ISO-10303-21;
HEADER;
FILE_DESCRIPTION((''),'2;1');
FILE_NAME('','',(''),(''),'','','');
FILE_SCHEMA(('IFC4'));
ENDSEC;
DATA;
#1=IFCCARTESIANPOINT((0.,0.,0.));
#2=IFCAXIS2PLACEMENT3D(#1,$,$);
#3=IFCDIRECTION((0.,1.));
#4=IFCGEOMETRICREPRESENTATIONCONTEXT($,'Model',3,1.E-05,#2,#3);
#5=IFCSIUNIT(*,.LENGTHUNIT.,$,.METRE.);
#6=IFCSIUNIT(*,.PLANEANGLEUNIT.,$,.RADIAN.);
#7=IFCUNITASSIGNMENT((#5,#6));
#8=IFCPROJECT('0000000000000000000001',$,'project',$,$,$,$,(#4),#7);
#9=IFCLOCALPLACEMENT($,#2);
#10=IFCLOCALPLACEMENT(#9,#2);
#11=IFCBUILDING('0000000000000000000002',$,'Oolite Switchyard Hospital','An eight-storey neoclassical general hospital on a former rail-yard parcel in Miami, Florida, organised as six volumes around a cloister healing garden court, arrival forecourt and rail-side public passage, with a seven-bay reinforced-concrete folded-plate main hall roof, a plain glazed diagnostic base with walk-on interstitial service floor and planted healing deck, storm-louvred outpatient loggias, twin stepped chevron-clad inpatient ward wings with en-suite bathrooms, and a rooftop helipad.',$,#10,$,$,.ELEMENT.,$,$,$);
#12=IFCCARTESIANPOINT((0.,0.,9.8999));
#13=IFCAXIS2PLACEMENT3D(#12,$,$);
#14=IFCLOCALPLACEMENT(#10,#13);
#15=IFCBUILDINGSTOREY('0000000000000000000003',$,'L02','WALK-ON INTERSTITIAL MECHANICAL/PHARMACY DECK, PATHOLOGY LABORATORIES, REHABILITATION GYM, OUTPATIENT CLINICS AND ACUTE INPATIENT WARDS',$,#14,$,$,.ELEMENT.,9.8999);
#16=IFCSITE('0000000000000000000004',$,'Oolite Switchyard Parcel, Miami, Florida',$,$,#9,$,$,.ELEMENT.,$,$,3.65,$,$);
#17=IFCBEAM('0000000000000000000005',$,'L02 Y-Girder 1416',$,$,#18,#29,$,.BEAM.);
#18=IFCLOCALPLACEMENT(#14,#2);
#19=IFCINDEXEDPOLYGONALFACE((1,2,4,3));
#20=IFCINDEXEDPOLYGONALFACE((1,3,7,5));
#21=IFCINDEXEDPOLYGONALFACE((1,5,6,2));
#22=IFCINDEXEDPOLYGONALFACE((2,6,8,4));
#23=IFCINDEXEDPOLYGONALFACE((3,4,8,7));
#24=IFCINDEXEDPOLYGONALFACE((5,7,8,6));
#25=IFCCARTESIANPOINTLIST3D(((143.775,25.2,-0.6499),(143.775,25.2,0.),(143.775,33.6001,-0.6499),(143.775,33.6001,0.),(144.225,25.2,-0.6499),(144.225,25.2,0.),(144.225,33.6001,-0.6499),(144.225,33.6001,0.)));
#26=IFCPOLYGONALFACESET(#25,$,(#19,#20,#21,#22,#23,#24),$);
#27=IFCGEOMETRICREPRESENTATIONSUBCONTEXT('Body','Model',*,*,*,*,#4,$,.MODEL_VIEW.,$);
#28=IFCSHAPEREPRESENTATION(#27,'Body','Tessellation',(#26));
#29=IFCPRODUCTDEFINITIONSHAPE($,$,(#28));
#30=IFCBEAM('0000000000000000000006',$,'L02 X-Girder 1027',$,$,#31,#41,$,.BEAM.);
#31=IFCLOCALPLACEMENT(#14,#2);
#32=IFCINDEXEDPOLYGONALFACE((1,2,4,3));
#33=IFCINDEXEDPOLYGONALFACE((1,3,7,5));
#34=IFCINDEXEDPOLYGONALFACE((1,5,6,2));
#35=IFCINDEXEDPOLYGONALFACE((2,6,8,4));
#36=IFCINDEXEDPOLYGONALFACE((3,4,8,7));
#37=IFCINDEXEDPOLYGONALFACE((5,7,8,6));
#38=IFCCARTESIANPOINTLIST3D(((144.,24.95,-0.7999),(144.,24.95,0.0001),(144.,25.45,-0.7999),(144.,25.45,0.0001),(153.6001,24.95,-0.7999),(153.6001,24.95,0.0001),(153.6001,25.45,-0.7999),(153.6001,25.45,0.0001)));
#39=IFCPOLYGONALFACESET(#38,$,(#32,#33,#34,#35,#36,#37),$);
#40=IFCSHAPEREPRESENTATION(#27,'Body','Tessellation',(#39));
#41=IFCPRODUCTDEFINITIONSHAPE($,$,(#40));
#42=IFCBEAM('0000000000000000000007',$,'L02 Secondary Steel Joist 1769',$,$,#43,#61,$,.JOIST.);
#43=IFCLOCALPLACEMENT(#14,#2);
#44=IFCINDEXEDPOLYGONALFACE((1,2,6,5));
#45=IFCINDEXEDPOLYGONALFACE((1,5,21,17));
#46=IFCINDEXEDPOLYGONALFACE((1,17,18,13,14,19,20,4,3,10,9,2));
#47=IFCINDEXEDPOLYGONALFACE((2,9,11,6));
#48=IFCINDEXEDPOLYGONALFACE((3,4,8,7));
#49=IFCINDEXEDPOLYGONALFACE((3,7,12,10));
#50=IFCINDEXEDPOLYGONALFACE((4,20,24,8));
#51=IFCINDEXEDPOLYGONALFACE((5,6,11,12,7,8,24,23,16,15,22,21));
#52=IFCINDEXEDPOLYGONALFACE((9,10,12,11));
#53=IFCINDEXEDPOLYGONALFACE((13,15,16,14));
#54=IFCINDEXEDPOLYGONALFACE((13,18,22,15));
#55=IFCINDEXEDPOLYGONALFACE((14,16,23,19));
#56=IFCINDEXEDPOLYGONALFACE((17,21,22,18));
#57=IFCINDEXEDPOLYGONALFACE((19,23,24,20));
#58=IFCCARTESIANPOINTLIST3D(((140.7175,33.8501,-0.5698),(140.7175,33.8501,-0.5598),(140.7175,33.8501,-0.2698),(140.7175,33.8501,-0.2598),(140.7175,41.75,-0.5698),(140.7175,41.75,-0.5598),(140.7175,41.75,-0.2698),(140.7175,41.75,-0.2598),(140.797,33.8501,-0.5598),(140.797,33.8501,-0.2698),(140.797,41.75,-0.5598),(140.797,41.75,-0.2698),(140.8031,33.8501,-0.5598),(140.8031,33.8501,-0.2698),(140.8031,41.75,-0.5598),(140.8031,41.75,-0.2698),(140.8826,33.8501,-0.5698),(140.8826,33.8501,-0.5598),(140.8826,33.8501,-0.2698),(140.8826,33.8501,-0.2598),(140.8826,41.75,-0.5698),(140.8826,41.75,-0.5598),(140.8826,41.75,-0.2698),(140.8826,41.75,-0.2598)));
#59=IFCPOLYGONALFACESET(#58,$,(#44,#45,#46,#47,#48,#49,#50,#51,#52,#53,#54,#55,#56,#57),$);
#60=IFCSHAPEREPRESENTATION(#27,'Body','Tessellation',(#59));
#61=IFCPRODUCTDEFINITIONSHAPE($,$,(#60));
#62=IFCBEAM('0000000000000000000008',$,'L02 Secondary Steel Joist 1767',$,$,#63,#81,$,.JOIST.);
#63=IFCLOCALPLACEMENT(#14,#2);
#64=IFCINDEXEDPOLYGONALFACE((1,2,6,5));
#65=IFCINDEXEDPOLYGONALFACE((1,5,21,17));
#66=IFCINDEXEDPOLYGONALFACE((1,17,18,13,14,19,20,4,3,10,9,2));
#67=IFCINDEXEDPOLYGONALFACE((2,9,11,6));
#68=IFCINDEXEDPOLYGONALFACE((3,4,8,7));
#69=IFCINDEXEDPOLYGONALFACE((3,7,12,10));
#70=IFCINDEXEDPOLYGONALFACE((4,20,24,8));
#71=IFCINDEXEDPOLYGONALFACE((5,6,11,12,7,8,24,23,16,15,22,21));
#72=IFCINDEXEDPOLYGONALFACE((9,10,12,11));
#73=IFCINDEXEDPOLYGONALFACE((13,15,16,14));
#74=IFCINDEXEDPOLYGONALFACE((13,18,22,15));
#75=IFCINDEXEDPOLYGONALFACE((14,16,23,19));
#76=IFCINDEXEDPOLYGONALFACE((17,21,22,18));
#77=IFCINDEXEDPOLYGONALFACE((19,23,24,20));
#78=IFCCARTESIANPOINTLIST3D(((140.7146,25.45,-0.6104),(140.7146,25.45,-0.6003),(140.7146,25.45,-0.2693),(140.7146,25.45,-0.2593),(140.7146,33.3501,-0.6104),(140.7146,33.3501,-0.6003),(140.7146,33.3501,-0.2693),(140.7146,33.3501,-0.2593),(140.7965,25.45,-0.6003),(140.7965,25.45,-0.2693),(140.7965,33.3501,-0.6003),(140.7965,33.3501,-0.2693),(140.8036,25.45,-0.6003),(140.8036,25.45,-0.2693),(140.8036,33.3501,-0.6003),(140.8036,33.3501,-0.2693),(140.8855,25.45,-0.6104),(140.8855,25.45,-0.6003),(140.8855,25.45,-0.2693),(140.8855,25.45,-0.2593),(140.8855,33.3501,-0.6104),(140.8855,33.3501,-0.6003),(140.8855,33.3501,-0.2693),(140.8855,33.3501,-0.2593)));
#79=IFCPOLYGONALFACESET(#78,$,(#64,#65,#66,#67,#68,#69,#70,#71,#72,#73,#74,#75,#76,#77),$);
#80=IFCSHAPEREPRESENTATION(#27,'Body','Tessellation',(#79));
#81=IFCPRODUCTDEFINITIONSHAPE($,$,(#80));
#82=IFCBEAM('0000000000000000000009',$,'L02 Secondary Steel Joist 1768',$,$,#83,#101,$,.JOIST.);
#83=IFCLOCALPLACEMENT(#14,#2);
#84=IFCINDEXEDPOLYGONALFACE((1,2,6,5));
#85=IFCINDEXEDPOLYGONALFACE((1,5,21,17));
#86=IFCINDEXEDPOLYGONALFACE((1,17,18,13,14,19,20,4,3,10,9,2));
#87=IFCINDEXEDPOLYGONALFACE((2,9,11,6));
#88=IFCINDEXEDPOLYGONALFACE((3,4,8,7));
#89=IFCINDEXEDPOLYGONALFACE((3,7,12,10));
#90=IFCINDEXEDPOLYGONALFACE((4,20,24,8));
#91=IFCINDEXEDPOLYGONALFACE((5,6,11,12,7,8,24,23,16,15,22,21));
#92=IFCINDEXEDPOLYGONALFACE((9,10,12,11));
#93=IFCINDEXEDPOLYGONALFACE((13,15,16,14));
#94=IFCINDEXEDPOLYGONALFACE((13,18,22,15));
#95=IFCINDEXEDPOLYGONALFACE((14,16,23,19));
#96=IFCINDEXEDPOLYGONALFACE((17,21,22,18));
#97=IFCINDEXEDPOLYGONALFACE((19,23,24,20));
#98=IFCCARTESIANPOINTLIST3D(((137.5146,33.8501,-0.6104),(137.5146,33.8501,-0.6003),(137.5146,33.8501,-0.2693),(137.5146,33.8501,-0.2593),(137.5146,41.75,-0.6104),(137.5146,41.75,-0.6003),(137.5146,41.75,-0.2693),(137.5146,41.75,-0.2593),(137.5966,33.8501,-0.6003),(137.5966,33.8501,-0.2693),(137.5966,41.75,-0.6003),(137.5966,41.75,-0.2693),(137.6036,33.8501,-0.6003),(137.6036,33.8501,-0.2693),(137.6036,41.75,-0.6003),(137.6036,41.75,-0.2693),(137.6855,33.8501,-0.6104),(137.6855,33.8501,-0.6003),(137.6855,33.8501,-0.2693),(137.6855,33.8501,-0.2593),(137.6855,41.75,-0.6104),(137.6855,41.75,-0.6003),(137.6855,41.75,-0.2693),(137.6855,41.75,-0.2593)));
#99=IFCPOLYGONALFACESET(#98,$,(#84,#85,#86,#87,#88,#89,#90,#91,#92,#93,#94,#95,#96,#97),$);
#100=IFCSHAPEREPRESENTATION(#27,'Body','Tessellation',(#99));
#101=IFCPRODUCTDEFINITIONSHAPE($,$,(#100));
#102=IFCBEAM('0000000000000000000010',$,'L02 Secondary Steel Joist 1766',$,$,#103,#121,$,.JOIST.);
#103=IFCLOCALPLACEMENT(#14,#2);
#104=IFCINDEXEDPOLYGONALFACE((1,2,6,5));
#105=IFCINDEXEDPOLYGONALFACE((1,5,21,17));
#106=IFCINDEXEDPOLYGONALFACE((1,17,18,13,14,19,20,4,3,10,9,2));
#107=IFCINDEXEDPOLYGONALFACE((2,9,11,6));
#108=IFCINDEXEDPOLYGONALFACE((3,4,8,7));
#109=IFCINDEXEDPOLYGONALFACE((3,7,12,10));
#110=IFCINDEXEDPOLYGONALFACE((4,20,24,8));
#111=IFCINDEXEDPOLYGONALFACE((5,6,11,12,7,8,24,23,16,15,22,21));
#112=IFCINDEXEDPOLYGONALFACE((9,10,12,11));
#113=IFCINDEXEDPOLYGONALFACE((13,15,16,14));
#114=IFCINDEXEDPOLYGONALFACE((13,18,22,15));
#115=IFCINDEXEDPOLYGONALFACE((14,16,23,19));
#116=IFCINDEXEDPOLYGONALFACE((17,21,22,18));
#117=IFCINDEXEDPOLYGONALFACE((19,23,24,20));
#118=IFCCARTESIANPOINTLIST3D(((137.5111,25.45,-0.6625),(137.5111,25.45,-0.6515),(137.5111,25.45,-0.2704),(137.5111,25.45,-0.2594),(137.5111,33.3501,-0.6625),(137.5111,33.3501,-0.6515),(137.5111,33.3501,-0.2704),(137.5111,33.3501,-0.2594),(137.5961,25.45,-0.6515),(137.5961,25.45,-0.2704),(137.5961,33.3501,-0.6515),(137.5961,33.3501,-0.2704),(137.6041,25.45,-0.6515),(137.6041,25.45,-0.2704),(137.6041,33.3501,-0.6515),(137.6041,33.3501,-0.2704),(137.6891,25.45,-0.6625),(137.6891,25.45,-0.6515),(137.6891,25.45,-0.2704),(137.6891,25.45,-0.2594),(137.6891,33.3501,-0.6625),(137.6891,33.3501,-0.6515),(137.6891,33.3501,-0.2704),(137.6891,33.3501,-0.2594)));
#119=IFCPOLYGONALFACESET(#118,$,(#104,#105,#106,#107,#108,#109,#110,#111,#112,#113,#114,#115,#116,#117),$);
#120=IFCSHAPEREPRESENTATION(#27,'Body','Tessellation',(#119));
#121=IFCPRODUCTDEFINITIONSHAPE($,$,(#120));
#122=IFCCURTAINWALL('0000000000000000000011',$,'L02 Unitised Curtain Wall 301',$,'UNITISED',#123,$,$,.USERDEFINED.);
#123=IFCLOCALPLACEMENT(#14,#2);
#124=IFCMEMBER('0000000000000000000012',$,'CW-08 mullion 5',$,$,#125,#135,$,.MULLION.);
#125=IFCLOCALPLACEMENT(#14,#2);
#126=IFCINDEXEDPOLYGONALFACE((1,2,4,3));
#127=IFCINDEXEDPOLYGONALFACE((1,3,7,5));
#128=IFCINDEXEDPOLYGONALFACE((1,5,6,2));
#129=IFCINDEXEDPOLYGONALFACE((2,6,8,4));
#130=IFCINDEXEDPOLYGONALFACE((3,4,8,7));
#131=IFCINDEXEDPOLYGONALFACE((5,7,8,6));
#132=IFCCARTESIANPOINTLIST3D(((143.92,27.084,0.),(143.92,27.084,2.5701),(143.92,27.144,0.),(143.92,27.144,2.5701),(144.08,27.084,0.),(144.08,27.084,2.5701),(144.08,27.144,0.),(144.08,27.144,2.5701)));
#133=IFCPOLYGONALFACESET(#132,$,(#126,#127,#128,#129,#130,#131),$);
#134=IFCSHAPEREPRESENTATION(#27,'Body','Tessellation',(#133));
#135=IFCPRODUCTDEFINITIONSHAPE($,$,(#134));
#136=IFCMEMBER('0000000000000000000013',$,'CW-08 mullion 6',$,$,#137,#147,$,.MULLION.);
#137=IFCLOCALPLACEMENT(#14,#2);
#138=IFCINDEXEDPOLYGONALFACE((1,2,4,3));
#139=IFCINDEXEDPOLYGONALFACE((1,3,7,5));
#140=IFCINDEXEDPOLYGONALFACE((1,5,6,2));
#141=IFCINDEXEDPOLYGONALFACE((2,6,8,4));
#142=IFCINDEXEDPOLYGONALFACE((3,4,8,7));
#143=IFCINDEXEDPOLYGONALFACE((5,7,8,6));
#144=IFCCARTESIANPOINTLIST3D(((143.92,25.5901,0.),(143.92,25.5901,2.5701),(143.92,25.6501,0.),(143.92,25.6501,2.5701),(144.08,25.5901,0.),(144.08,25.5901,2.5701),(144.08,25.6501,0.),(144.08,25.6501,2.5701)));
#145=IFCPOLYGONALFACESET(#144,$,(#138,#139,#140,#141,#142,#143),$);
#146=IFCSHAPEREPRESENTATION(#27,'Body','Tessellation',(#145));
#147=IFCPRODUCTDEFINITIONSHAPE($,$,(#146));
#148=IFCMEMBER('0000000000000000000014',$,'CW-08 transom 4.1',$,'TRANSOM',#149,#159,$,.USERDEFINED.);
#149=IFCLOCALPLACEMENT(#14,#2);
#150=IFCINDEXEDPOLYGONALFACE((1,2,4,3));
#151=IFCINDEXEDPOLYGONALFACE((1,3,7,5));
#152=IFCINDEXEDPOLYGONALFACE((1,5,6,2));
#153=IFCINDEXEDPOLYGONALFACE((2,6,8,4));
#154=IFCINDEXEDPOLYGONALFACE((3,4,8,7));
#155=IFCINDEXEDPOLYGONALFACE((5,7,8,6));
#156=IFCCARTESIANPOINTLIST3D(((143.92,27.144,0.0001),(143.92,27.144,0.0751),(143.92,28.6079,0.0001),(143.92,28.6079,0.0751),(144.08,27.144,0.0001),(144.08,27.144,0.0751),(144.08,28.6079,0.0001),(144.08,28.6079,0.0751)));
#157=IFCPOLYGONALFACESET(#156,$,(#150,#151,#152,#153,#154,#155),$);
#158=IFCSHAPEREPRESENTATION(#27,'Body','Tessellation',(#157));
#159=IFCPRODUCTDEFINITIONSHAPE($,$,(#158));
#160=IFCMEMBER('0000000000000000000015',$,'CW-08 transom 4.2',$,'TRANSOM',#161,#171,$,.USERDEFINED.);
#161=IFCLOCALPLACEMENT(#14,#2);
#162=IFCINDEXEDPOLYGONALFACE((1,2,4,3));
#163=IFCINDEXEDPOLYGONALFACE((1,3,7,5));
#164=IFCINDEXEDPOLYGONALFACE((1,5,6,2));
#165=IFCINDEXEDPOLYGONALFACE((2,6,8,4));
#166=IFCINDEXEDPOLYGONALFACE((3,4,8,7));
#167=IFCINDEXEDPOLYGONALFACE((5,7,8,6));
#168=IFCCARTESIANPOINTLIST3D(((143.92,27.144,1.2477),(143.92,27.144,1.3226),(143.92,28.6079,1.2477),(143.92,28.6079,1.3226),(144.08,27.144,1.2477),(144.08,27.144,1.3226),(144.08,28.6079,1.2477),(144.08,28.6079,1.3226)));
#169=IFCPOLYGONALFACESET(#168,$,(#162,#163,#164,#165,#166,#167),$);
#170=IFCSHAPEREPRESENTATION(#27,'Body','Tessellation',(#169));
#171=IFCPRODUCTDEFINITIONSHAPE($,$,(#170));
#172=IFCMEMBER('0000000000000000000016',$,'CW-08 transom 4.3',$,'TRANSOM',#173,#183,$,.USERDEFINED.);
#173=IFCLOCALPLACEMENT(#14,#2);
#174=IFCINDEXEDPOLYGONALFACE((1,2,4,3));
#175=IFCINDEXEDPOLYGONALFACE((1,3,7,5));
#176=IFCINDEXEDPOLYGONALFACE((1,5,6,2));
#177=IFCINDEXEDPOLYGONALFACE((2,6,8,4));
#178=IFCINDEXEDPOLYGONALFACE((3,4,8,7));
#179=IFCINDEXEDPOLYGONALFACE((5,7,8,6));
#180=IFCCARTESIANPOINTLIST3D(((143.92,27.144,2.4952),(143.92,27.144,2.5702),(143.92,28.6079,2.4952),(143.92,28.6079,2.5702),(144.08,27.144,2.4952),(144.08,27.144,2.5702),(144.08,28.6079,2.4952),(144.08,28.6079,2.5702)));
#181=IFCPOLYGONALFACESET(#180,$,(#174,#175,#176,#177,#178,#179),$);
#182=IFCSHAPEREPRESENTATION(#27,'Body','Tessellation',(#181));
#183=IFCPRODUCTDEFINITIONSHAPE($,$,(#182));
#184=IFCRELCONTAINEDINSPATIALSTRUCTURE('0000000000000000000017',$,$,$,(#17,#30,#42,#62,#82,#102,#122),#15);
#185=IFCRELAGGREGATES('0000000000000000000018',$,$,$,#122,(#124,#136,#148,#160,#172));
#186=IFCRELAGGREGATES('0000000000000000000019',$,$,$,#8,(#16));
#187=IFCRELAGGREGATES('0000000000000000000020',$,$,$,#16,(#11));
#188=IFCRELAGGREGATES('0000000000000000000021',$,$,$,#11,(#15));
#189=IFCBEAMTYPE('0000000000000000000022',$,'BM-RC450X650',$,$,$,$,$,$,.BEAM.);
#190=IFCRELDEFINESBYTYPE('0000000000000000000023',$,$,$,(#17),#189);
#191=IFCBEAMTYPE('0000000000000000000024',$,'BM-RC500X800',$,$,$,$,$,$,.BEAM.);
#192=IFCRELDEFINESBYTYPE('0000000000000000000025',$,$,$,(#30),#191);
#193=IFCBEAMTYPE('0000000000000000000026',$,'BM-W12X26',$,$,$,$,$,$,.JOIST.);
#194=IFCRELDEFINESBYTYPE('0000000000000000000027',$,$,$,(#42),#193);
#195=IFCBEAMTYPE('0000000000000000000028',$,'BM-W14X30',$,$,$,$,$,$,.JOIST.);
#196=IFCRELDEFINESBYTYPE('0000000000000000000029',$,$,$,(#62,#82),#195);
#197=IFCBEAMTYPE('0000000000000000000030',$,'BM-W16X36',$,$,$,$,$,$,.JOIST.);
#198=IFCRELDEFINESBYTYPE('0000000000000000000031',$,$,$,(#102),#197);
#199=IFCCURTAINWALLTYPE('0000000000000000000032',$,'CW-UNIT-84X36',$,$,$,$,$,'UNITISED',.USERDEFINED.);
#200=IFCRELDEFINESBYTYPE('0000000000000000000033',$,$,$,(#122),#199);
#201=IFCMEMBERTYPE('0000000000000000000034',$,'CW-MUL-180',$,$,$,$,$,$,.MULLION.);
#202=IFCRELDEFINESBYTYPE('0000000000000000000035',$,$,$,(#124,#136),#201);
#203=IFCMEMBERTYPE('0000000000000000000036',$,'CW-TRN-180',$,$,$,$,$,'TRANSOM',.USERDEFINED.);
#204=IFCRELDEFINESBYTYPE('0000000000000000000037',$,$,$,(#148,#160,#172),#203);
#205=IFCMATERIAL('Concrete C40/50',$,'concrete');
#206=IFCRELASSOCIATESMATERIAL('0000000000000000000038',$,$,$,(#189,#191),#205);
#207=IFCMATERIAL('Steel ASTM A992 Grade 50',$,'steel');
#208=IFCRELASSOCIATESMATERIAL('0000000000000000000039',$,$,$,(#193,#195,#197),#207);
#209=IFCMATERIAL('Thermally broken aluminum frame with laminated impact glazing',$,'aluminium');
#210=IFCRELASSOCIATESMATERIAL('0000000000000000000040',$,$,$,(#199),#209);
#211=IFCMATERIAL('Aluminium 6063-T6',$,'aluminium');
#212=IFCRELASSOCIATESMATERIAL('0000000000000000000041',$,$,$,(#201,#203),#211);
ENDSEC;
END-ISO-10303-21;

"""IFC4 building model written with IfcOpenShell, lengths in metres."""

from ifc_helpers import new_model, si_unit, direction, frame, origin, origin_2d, place, context, subcontext, project, spatial, rectangle, i_section, extrude, material, material_profile, profile_set, type_object, element, aggregate, save


model = new_model("IFC4")

# Units and contexts
model_context = context("Model", 3, precision=1e-05, world=origin(), true_north=direction((0.0, 1.0)))
body_context = subcontext(model_context, "Body", "Model", "MODEL_VIEW")
ifc_project = project(units=[si_unit("LENGTHUNIT", "METRE"), si_unit("PLANEANGLEUNIT", "RADIAN")], contexts=[model_context])

# Site, building, storey
site_placement = place(None, origin())
site = spatial("IfcSite", under=ifc_project, at=site_placement, Name="Oolite Switchyard Parcel, Miami, Florida", CompositionType="ELEMENT", RefElevation=3.65)
building_placement = place(site_placement, origin())
building = spatial("IfcBuilding", under=site, at=building_placement, Name="Oolite Switchyard Hospital", Description="An eight-storey neoclassical general hospital on a former rail-yard parcel in Miami, Florida, organised as six volumes around a cloister healing garden court, arrival forecourt and rail-side public passage, with a seven-bay reinforced-concrete folded-plate main hall roof, a plain glazed diagnostic base with walk-on interstitial service floor and planted healing deck, storm-louvred outpatient loggias, twin stepped chevron-clad inpatient ward wings with en-suite bathrooms, and a rooftop helipad.", CompositionType="ELEMENT")
storey_placement = place(building_placement, frame((0.0, 0.0, 9.8999)))
storey = spatial("IfcBuildingStorey", under=building, at=storey_placement, Name="L02", Description="WALK-ON INTERSTITIAL MECHANICAL/PHARMACY DECK, PATHOLOGY LABORATORIES, REHABILITATION GYM, OUTPATIENT CLINICS AND ACUTE INPATIENT WARDS", CompositionType="ELEMENT", Elevation=9.8999)

# Beams
ifc_material_1 = material(Name="Concrete C40/50", Category="concrete")
ifc_material_profile_1 = material_profile(ifc_material_1, rectangle(XDim=0.45, YDim=0.6499, at=origin_2d()), Name="RCB450X650")
ifc_profile_set_1 = profile_set([ifc_material_profile_1], Name="Concrete C40/50")
beam_type_1 = type_object("IfcBeamType", Name="BM-RC450X650", PredefinedType="BEAM", material=ifc_profile_set_1)
beam_1_placement = place(storey_placement, frame((144.0, 25.2, -0.325), z_axis=(0.0, 1.0, 0.0), x_axis=(-1.0, 0.0, 0.0)))
element("IfcBeam", 1, at=beam_1_placement, inside=storey, type_object=beam_type_1, Name="L02 Y-Girder 1416", PredefinedType="BEAM", context=body_context, shape_type="SweptSolid", body=[
    extrude(rectangle(XDim=0.45, YDim=0.6499, at=origin_2d()), origin(), (0.0, 0.0, 1.0), 8.4001),
])
ifc_material_profile_2 = material_profile(ifc_material_1, rectangle(XDim=0.5, YDim=0.8, at=origin_2d()), Name="RCB500X800")
ifc_profile_set_2 = profile_set([ifc_material_profile_2], Name="Concrete C40/50")
beam_type_2 = type_object("IfcBeamType", Name="BM-RC500X800", PredefinedType="BEAM", material=ifc_profile_set_2)
beam_2_placement = place(storey_placement, frame((144.0, 25.2, -0.3999), z_axis=(1.0, 0.0, 0.0), x_axis=(0.0, 1.0, 0.0)))
element("IfcBeam", 2, at=beam_2_placement, inside=storey, type_object=beam_type_2, Name="L02 X-Girder 1027", PredefinedType="BEAM", context=body_context, shape_type="SweptSolid", body=[
    extrude(rectangle(XDim=0.5, YDim=0.8, at=origin_2d()), origin(), (0.0, 0.0, 1.0), 9.6001),
])
ifc_material_2 = material(Name="Steel ASTM A992 Grade 50", Category="steel")
ifc_material_profile_3 = material_profile(ifc_material_2, i_section(OverallWidth=0.165, OverallDepth=0.3101, WebThickness=0.0061, FlangeThickness=0.01, at=origin_2d()), Name="W12X26")
ifc_profile_set_3 = profile_set([ifc_material_profile_3], Name="Steel ASTM A992 Grade 50")
beam_type_3 = type_object("IfcBeamType", Name="BM-W12X26", PredefinedType="JOIST", material=ifc_profile_set_3)
beam_3_placement = place(storey_placement, frame((140.8, 33.8501, -0.4148), z_axis=(0.0, 1.0, 0.0), x_axis=(-1.0, 0.0, 0.0)))
element("IfcBeam", 3, at=beam_3_placement, inside=storey, type_object=beam_type_3, Name="L02 Secondary Steel Joist 1769", PredefinedType="JOIST", context=body_context, shape_type="SweptSolid", body=[
    extrude(i_section(OverallWidth=0.165, OverallDepth=0.3101, WebThickness=0.0061, FlangeThickness=0.01, at=origin_2d()), origin(), (0.0, 0.0, 1.0), 7.8999),
])
ifc_material_profile_4 = material_profile(ifc_material_2, i_section(OverallWidth=0.1709, OverallDepth=0.3511, WebThickness=0.0071, FlangeThickness=0.01, at=origin_2d()), Name="W14X30")
ifc_profile_set_4 = profile_set([ifc_material_profile_4], Name="Steel ASTM A992 Grade 50")
beam_type_4 = type_object("IfcBeamType", Name="BM-W14X30", PredefinedType="JOIST", material=ifc_profile_set_4)
beam_4_placement = place(storey_placement, frame((140.8, 25.45, -0.4348), z_axis=(0.0, 1.0, 0.0), x_axis=(-1.0, 0.0, 0.0)))
element("IfcBeam", 4, at=beam_4_placement, inside=storey, type_object=beam_type_4, Name="L02 Secondary Steel Joist 1767", PredefinedType="JOIST", context=body_context, shape_type="SweptSolid", body=[
    extrude(i_section(OverallWidth=0.1709, OverallDepth=0.3511, WebThickness=0.0071, FlangeThickness=0.01, at=origin_2d()), origin(), (0.0, 0.0, 1.0), 7.9001),
])
beam_5_placement = place(storey_placement, frame((137.6001, 33.8501, -0.4348), z_axis=(0.0, 1.0, 0.0), x_axis=(-1.0, 0.0, 0.0)))
element("IfcBeam", 5, at=beam_5_placement, inside=storey, type_object=beam_type_4, Name="L02 Secondary Steel Joist 1768", PredefinedType="JOIST", context=body_context, shape_type="SweptSolid", body=[
    extrude(i_section(OverallWidth=0.1709, OverallDepth=0.3511, WebThickness=0.0071, FlangeThickness=0.01, at=origin_2d()), origin(), (0.0, 0.0, 1.0), 7.8999),
])
ifc_material_profile_5 = material_profile(ifc_material_2, i_section(OverallWidth=0.178, OverallDepth=0.4031, WebThickness=0.0081, FlangeThickness=0.011, at=origin_2d()), Name="W16X36")
ifc_profile_set_5 = profile_set([ifc_material_profile_5], Name="Steel ASTM A992 Grade 50")
beam_type_5 = type_object("IfcBeamType", Name="BM-W16X36", PredefinedType="JOIST", material=ifc_profile_set_5)
beam_6_placement = place(storey_placement, frame((137.6001, 25.45, -0.4609), z_axis=(0.0, 1.0, 0.0), x_axis=(-1.0, 0.0, 0.0)))
element("IfcBeam", 6, at=beam_6_placement, inside=storey, type_object=beam_type_5, Name="L02 Secondary Steel Joist 1766", PredefinedType="JOIST", context=body_context, shape_type="SweptSolid", body=[
    extrude(i_section(OverallWidth=0.178, OverallDepth=0.4031, WebThickness=0.0081, FlangeThickness=0.011, at=origin_2d()), origin(), (0.0, 0.0, 1.0), 7.9001),
])

# Curtain wall, members
ifc_material_3 = material(Name="Thermally broken aluminum frame with laminated impact glazing", Category="aluminium")
curtain_wall_type = type_object("IfcCurtainWallType", Name="CW-UNIT-84X36", ElementType="UNITISED", PredefinedType="USERDEFINED", material=ifc_material_3)
curtain_wall_placement = place(storey_placement, origin())
curtain_wall = element("IfcCurtainWall", 7, at=curtain_wall_placement, inside=storey, type_object=curtain_wall_type, Name="L02 Unitised Curtain Wall 301", ObjectType="UNITISED", PredefinedType="USERDEFINED")
ifc_material_4 = material(Name="Aluminium 6063-T6", Category="aluminium")
ifc_material_profile_6 = material_profile(ifc_material_4, rectangle(XDim=0.1599, YDim=0.0601, at=origin_2d()), Name="CWM60X160")
ifc_profile_set_6 = profile_set([ifc_material_profile_6], Name="Aluminium 6063-T6")
member_type_1 = type_object("IfcMemberType", Name="CW-MUL-180", PredefinedType="MULLION", material=ifc_profile_set_6)
member_1_placement = place(storey_placement, frame((144.0, 27.114, 0.0), z_axis=(0.0, 0.0, 1.0), x_axis=(1.0, 0.0, 0.0)))
member_1 = element("IfcMember", 8, at=member_1_placement, type_object=member_type_1, Name="CW-08 mullion 5", PredefinedType="MULLION", context=body_context, shape_type="SweptSolid", body=[
    extrude(rectangle(XDim=0.1599, YDim=0.0601, at=origin_2d()), origin(), (0.0, 0.0, 1.0), 2.5701),
])
member_2_placement = place(storey_placement, frame((144.0, 25.6201, 0.0), z_axis=(0.0, 0.0, 1.0), x_axis=(1.0, 0.0, 0.0)))
member_2 = element("IfcMember", 9, at=member_2_placement, type_object=member_type_1, Name="CW-08 mullion 6", PredefinedType="MULLION", context=body_context, shape_type="SweptSolid", body=[
    extrude(rectangle(XDim=0.1599, YDim=0.0601, at=origin_2d()), origin(), (0.0, 0.0, 1.0), 2.5701),
])
ifc_material_profile_7 = material_profile(ifc_material_4, rectangle(XDim=0.1599, YDim=0.075, at=origin_2d()), Name="CWT75X160")
ifc_profile_set_7 = profile_set([ifc_material_profile_7], Name="Aluminium 6063-T6")
member_type_2 = type_object("IfcMemberType", Name="CW-TRN-180", ElementType="TRANSOM", PredefinedType="USERDEFINED", material=ifc_profile_set_7)
member_3_placement = place(storey_placement, frame((144.0, 28.6079, 0.0376), z_axis=(0.0, -1.0, 0.0), x_axis=(1.0, 0.0, 0.0)))
member_3 = element("IfcMember", 10, at=member_3_placement, type_object=member_type_2, Name="CW-08 transom 4.1", ObjectType="TRANSOM", PredefinedType="USERDEFINED", context=body_context, shape_type="SweptSolid", body=[
    extrude(rectangle(XDim=0.1599, YDim=0.075, at=origin_2d()), origin(), (0.0, 0.0, 1.0), 1.4639),
])
member_4_placement = place(storey_placement, frame((144.0, 28.6079, 1.2852), z_axis=(0.0, -1.0, 0.0), x_axis=(1.0, 0.0, 0.0)))
member_4 = element("IfcMember", 11, at=member_4_placement, type_object=member_type_2, Name="CW-08 transom 4.2", ObjectType="TRANSOM", PredefinedType="USERDEFINED", context=body_context, shape_type="SweptSolid", body=[
    extrude(rectangle(XDim=0.1599, YDim=0.075, at=origin_2d()), origin(), (0.0, 0.0, 1.0), 1.4639),
])
member_5_placement = place(storey_placement, frame((144.0, 28.6079, 2.5327), z_axis=(0.0, -1.0, 0.0), x_axis=(1.0, 0.0, 0.0)))
member_5 = element("IfcMember", 12, at=member_5_placement, type_object=member_type_2, Name="CW-08 transom 4.3", ObjectType="TRANSOM", PredefinedType="USERDEFINED", context=body_context, shape_type="SweptSolid", body=[
    extrude(rectangle(XDim=0.1599, YDim=0.075, at=origin_2d()), origin(), (0.0, 0.0, 1.0), 1.4639),
])
aggregate(curtain_wall, [member_1, member_2, member_3, member_4, member_5])

save(model, "model.ifc")
